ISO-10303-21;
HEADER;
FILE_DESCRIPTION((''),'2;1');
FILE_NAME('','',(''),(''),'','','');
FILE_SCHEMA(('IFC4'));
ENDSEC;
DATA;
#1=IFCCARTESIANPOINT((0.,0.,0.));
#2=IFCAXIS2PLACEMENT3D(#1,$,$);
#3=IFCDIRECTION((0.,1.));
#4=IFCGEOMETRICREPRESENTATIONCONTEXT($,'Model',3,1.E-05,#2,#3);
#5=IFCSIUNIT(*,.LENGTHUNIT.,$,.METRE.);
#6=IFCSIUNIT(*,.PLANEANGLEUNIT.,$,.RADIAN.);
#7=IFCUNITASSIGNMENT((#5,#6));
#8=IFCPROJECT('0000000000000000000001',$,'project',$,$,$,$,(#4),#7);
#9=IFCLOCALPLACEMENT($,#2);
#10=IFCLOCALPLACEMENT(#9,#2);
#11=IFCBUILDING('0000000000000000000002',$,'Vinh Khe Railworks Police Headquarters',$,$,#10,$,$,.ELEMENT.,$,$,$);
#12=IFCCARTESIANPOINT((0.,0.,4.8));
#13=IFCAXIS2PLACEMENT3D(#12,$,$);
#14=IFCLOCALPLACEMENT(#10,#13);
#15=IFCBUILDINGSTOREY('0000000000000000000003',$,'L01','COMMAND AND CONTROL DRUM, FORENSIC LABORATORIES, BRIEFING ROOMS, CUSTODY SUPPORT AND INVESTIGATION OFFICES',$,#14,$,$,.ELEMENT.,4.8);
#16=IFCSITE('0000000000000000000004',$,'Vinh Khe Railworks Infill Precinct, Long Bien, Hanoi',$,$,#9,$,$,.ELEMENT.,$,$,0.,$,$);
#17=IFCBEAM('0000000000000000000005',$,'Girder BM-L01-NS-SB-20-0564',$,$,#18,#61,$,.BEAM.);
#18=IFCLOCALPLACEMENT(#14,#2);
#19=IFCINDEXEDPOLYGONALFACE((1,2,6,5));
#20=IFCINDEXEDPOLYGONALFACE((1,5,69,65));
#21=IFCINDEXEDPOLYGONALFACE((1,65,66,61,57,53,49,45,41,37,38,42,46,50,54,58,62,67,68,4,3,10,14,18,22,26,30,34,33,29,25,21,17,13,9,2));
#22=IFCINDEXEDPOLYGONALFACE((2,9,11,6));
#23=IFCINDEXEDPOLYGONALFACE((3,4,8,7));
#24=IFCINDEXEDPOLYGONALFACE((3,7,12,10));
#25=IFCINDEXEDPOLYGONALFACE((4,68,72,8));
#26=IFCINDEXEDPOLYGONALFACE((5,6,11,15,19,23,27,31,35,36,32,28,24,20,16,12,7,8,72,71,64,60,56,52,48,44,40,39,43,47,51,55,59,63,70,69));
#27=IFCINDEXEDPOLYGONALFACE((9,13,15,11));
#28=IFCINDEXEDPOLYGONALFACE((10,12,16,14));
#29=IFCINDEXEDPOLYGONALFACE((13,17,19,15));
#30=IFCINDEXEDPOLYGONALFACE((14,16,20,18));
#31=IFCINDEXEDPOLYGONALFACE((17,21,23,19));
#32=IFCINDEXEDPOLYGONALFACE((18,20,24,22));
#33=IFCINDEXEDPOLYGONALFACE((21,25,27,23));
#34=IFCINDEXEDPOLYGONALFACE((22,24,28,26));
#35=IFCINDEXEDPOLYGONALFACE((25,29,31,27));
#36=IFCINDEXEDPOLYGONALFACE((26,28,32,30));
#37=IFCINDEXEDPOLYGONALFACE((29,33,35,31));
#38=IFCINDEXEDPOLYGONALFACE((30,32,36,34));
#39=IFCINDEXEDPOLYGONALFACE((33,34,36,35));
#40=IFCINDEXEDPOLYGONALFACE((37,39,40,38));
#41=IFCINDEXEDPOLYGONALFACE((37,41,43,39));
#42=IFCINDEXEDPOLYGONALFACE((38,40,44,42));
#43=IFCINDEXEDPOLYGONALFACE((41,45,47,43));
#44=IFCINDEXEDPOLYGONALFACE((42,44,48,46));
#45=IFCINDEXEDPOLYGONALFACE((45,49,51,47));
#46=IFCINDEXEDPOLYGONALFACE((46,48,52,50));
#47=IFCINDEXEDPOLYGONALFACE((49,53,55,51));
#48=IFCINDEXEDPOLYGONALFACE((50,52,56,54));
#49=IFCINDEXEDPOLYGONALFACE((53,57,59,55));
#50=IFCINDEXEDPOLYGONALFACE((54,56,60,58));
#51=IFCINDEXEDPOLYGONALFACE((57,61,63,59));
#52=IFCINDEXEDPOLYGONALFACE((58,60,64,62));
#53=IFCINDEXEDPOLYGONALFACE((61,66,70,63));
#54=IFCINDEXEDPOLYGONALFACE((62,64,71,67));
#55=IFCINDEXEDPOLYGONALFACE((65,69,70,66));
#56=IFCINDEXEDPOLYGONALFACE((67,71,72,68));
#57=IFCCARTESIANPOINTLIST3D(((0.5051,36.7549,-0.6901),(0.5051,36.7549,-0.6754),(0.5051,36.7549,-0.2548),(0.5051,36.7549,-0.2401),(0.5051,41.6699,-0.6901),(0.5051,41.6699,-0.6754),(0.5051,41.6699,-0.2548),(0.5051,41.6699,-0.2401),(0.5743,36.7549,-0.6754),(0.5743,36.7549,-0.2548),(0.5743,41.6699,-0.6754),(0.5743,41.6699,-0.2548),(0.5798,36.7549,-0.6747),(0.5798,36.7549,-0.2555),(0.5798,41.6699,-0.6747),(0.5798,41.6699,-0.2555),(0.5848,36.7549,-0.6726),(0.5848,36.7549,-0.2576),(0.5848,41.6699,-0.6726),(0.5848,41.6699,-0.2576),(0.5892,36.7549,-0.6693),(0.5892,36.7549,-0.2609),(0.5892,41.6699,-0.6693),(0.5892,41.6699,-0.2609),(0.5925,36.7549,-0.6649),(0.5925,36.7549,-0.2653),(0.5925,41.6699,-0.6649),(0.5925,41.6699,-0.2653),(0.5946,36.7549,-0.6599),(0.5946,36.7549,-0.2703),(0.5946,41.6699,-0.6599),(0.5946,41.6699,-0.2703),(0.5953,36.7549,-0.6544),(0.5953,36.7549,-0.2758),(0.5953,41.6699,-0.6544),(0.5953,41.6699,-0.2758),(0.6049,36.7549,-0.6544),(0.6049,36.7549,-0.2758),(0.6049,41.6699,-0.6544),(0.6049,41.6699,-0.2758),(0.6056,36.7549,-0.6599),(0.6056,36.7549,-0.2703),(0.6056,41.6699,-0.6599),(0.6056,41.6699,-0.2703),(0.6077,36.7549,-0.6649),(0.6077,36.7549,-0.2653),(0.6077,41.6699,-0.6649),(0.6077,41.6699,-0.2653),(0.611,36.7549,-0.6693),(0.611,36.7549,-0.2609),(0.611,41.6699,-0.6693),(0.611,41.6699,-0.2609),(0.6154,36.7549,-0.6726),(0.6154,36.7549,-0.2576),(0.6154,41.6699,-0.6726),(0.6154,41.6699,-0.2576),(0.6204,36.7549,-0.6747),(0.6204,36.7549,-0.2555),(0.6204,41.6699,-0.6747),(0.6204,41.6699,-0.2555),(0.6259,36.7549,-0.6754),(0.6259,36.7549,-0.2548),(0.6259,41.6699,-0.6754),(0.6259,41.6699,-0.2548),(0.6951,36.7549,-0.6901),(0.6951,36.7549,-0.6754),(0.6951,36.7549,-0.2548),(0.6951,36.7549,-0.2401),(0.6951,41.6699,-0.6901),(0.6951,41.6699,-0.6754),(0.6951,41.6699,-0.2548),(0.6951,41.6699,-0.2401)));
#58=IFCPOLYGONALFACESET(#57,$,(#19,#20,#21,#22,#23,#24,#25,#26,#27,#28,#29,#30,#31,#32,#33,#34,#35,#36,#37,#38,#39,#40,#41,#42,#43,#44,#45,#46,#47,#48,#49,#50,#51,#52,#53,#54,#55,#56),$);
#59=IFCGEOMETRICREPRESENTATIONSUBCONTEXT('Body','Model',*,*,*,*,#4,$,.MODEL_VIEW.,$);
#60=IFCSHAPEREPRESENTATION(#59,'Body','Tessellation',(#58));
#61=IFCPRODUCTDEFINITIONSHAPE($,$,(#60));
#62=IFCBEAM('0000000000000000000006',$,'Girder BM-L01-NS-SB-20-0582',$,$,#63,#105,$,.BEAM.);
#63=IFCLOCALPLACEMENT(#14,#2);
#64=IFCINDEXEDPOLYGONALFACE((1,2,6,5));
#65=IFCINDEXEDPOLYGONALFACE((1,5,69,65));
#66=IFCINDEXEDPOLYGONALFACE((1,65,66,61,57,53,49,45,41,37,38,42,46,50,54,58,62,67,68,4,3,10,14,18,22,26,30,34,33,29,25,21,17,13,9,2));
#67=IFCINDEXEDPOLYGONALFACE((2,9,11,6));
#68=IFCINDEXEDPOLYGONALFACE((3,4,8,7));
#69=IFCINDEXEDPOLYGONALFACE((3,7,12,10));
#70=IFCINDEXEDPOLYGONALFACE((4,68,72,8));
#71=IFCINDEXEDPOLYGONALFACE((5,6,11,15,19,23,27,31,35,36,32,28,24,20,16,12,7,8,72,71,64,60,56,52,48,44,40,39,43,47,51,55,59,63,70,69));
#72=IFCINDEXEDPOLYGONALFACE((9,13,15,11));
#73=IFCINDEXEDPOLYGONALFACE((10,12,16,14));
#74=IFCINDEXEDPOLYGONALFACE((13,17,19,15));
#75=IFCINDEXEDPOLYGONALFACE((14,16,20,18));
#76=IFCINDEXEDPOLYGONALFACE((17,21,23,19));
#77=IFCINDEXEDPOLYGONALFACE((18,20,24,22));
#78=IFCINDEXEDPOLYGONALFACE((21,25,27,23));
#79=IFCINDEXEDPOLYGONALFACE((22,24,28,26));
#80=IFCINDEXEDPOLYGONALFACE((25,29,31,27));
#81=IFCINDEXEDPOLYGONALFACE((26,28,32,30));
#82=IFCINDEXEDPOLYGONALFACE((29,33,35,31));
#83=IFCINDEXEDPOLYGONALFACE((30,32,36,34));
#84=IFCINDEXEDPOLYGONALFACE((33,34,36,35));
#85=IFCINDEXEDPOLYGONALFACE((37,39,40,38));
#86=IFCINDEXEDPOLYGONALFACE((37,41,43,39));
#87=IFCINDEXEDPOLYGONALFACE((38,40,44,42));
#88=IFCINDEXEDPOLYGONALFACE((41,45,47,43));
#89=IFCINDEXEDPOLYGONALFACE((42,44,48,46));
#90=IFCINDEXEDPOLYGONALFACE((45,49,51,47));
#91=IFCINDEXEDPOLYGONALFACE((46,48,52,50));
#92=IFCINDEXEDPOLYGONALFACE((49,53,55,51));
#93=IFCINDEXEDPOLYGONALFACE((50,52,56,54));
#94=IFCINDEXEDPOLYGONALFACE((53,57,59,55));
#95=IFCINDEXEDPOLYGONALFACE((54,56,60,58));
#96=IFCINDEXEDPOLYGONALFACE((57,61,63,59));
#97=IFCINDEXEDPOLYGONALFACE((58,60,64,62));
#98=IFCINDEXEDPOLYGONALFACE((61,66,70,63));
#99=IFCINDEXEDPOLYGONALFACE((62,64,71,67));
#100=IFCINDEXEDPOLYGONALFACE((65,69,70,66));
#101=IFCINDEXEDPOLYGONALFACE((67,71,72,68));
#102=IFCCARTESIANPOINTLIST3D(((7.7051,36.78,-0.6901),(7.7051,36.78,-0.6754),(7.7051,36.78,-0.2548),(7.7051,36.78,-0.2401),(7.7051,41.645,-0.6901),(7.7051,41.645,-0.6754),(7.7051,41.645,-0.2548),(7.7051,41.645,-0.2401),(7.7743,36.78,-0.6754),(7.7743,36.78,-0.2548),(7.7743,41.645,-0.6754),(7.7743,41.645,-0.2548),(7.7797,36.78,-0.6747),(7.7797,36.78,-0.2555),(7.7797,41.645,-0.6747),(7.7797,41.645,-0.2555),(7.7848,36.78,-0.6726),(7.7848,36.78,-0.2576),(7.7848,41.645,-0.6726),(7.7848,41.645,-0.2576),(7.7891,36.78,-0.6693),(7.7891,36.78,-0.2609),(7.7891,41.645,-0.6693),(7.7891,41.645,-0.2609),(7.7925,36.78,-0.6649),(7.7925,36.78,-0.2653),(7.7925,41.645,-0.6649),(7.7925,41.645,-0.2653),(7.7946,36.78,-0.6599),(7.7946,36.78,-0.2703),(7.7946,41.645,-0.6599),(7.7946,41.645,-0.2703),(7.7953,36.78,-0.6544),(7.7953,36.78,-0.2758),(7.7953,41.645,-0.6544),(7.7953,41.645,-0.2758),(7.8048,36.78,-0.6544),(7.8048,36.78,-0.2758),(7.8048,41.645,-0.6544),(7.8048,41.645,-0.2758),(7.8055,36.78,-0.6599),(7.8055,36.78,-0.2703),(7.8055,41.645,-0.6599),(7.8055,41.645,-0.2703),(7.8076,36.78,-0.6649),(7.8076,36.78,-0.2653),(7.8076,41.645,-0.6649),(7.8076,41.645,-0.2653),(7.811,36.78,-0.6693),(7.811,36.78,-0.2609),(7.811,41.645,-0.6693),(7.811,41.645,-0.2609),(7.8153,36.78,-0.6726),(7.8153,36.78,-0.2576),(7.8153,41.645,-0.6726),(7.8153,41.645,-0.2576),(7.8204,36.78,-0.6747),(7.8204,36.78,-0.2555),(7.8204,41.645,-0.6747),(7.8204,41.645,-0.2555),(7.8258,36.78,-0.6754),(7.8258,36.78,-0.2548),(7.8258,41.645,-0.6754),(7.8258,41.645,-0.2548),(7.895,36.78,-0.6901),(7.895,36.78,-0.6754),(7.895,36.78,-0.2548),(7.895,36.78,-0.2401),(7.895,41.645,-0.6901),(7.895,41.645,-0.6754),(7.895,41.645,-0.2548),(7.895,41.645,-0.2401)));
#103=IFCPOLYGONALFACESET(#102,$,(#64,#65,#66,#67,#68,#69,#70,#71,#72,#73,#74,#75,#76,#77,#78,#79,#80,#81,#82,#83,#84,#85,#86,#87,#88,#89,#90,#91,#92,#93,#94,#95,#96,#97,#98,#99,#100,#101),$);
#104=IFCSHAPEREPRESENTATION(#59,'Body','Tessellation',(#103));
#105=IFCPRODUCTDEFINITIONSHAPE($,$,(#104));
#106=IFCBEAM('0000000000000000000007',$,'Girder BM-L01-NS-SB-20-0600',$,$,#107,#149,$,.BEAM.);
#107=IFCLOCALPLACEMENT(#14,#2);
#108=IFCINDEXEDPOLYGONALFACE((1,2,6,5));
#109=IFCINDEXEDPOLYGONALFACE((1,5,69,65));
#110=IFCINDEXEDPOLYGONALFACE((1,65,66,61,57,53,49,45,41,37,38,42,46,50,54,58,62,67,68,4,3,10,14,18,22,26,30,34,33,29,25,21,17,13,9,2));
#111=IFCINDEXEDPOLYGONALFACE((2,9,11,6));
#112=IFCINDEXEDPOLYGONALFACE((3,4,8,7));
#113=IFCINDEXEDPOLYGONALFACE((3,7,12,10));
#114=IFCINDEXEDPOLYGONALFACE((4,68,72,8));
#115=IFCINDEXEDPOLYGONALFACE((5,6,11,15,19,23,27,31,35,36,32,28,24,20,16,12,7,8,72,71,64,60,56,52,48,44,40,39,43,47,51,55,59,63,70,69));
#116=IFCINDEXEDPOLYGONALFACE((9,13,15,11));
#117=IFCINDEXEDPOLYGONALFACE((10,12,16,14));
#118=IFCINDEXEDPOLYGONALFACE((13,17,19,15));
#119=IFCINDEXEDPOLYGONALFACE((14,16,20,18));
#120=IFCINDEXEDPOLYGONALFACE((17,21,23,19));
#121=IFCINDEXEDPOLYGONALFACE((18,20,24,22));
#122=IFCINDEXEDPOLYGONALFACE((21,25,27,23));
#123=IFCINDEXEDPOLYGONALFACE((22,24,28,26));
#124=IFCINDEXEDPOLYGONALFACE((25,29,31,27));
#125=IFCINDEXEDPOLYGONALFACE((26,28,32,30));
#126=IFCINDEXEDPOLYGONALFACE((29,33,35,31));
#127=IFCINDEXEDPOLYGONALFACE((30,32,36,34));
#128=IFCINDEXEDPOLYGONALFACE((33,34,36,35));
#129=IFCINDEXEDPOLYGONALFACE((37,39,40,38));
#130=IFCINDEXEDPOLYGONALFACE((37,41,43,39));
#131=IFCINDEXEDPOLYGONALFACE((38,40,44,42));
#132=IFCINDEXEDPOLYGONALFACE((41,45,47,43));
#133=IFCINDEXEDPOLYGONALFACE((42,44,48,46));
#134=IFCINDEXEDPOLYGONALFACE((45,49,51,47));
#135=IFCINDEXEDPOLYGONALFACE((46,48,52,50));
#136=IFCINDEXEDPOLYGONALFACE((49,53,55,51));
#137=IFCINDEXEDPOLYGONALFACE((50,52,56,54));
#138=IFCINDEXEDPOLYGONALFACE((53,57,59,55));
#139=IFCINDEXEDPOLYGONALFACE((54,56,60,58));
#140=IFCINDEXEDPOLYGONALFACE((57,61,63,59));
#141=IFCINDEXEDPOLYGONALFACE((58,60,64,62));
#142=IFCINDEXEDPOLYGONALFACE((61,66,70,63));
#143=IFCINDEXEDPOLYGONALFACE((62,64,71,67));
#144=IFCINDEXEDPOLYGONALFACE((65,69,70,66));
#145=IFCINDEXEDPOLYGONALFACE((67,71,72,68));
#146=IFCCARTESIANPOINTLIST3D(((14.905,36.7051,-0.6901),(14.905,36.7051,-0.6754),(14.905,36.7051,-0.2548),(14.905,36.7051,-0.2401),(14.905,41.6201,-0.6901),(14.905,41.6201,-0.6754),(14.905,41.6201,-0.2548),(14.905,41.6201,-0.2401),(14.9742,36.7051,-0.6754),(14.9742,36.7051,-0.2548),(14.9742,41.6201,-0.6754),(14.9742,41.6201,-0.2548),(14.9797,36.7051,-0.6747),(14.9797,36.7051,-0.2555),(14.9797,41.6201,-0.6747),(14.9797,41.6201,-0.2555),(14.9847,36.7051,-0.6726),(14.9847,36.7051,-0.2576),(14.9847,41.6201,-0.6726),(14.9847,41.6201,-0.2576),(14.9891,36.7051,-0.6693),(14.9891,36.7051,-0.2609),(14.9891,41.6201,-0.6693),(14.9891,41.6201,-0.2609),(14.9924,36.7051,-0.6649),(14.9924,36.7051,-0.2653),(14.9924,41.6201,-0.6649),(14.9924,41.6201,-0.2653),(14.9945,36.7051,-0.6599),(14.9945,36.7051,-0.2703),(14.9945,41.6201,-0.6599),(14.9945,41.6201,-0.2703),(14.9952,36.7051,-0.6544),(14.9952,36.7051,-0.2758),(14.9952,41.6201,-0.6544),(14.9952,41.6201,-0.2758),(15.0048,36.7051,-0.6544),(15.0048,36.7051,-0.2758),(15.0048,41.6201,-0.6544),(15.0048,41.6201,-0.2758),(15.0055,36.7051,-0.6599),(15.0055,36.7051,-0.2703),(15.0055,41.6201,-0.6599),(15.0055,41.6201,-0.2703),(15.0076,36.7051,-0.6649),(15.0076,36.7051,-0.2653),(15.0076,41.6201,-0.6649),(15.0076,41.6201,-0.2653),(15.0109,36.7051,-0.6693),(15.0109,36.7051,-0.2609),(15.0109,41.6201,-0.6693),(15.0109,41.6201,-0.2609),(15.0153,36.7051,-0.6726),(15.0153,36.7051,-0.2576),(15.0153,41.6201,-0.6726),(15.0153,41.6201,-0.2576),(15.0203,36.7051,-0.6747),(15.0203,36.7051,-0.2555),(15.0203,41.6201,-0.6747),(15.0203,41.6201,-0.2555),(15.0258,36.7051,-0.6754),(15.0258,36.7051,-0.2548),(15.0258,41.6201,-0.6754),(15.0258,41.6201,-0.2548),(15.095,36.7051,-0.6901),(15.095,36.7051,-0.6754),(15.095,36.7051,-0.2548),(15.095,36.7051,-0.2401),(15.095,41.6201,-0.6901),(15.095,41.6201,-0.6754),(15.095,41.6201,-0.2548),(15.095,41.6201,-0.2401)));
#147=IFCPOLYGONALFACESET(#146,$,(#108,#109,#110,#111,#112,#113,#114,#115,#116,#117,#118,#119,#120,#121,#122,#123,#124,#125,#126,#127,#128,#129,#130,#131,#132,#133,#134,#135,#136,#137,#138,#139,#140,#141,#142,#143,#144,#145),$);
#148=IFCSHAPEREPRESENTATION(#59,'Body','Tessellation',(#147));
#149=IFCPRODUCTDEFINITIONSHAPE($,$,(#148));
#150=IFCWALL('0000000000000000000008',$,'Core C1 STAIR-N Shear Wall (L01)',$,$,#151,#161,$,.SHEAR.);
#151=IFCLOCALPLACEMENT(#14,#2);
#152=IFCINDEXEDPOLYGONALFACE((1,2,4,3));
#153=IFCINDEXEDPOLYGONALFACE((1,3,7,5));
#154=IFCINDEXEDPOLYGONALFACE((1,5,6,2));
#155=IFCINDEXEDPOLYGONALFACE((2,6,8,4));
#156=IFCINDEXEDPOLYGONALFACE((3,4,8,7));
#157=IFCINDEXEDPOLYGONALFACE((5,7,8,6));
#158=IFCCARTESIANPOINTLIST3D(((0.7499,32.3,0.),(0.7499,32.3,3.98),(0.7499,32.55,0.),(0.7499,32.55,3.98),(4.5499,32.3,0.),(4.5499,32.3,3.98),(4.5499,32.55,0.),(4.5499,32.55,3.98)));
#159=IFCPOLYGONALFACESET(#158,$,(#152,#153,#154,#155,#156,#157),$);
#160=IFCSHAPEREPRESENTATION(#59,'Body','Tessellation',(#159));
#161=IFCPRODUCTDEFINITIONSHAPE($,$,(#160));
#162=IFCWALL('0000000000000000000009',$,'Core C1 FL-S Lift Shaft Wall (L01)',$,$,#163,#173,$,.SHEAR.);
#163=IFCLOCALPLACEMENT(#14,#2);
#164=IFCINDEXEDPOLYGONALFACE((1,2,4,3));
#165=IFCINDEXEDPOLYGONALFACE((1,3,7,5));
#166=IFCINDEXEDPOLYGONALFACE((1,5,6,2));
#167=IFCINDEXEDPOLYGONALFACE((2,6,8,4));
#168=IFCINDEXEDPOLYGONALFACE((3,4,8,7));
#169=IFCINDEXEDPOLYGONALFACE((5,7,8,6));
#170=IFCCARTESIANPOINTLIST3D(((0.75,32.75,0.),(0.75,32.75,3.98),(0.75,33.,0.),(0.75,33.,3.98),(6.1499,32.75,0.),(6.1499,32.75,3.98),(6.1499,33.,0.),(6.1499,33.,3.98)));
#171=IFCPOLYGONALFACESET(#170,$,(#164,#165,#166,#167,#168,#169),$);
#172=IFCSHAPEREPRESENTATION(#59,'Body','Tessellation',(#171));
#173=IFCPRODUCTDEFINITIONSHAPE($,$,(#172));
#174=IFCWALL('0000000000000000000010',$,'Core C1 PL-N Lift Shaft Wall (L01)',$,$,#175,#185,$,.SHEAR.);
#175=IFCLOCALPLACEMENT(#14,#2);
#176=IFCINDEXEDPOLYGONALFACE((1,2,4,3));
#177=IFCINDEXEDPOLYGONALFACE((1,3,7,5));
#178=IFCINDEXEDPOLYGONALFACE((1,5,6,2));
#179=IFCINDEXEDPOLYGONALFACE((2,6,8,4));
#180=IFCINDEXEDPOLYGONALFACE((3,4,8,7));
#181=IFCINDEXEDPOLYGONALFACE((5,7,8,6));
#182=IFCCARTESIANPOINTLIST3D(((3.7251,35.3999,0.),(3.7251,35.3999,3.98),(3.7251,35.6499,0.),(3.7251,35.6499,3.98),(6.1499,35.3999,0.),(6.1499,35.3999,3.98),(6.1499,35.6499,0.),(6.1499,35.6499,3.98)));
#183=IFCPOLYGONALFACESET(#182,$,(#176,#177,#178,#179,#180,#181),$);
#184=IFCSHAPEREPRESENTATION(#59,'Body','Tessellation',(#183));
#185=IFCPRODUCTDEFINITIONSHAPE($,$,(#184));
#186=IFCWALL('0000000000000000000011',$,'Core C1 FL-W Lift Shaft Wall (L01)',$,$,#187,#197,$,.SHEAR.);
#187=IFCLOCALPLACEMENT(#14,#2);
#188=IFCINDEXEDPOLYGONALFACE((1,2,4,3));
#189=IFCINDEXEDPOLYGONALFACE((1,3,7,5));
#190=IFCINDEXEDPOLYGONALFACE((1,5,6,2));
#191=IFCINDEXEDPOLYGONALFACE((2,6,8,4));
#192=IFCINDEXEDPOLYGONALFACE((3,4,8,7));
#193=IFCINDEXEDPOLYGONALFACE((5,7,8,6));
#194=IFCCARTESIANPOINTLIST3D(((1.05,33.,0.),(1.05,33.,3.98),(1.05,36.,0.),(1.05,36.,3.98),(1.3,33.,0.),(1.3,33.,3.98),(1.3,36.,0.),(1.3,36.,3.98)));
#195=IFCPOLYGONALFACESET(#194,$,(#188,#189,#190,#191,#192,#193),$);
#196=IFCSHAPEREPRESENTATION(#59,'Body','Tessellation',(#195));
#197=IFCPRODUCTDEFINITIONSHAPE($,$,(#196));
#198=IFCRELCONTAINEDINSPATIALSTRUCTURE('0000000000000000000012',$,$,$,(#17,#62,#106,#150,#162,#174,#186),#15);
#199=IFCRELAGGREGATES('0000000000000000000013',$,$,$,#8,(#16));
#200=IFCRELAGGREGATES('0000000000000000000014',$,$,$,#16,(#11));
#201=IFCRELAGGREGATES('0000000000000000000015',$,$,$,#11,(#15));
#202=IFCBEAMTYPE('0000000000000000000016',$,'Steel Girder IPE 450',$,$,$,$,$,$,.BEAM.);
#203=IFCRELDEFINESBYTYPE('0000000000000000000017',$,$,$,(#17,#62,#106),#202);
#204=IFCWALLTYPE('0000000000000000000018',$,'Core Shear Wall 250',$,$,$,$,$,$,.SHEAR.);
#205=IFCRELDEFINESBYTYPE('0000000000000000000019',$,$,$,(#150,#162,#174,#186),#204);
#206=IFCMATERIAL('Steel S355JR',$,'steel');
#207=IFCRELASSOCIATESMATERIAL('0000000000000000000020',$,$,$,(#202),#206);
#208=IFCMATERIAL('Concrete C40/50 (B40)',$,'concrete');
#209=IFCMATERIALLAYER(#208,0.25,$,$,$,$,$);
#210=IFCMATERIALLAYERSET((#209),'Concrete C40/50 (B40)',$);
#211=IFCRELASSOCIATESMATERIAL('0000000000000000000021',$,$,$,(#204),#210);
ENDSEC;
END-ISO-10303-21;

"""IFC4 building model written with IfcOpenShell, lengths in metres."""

from ifc_helpers import new_model, si_unit, direction, frame, frame_2d, origin, origin_2d, place, context, subcontext, project, spatial, rectangle, i_section, extrude, material, layer, layer_set, material_profile, profile_set, type_object, element, save


model = new_model("IFC4")

# Units and contexts
model_context = context("Model", 3, precision=1e-05, world=origin(), true_north=direction((0.0, 1.0)))
body_context = subcontext(model_context, "Body", "Model", "MODEL_VIEW")
ifc_project = project(units=[si_unit("LENGTHUNIT", "METRE"), si_unit("PLANEANGLEUNIT", "RADIAN")], contexts=[model_context])

# Site, building, storey
site_placement = place(None, origin())
site = spatial("IfcSite", under=ifc_project, at=site_placement, Name="Vinh Khe Railworks Infill Precinct, Long Bien, Hanoi", CompositionType="ELEMENT", RefElevation=0.0)
building_placement = place(site_placement, origin())
building = spatial("IfcBuilding", under=site, at=building_placement, Name="Vinh Khe Railworks Police Headquarters", CompositionType="ELEMENT")
storey_placement = place(building_placement, frame((0.0, 0.0, 4.8)))
storey = spatial("IfcBuildingStorey", under=building, at=storey_placement, Name="L01", Description="COMMAND AND CONTROL DRUM, FORENSIC LABORATORIES, BRIEFING ROOMS, CUSTODY SUPPORT AND INVESTIGATION OFFICES", CompositionType="ELEMENT", Elevation=4.8)

# Shared definitions
ifc_material_1 = material(Name="Concrete C40/50 (B40)", Category="concrete")

# Beams
ifc_material_2 = material(Name="Steel S355JR", Category="steel")
ifc_material_profile_1 = material_profile(ifc_material_2, i_section(OverallWidth=0.1899, OverallDepth=0.45, WebThickness=0.0095, FlangeThickness=0.0146, FilletRadius=0.021, at=origin_2d()), Name="IPE 450")
ifc_profile_set_1 = profile_set([ifc_material_profile_1], Name="Steel S355JR")
beam_type_1 = type_object("IfcBeamType", Name="Steel Girder IPE 450", PredefinedType="BEAM", material=ifc_profile_set_1)
beam_1_placement = place(storey_placement, frame((0.6001, 36.7549, -0.4651), z_axis=(0.0, 1.0, 0.0), x_axis=(-1.0, 0.0, 0.0)))
element("IfcBeam", 1, at=beam_1_placement, inside=storey, type_object=beam_type_1, Name="Girder BM-L01-NS-SB-20-0564", PredefinedType="BEAM", context=body_context, shape_type="SweptSolid", body=[
    extrude(i_section(OverallWidth=0.1899, OverallDepth=0.45, WebThickness=0.0095, FlangeThickness=0.0146, FilletRadius=0.021, at=origin_2d()), origin(), (0.0, 0.0, 1.0), 4.915),
])
beam_2_placement = place(storey_placement, frame((7.8, 36.78, -0.4651), z_axis=(0.0, 1.0, 0.0), x_axis=(-1.0, 0.0, 0.0)))
element("IfcBeam", 2, at=beam_2_placement, inside=storey, type_object=beam_type_1, Name="Girder BM-L01-NS-SB-20-0582", PredefinedType="BEAM", context=body_context, shape_type="SweptSolid", body=[
    extrude(i_section(OverallWidth=0.1899, OverallDepth=0.45, WebThickness=0.0095, FlangeThickness=0.0146, FilletRadius=0.021, at=origin_2d()), origin(), (0.0, 0.0, 1.0), 4.865),
])
beam_3_placement = place(storey_placement, frame((15.0, 36.7051, -0.4651), z_axis=(0.0, 1.0, 0.0), x_axis=(-1.0, 0.0, 0.0)))
element("IfcBeam", 3, at=beam_3_placement, inside=storey, type_object=beam_type_1, Name="Girder BM-L01-NS-SB-20-0600", PredefinedType="BEAM", context=body_context, shape_type="SweptSolid", body=[
    extrude(i_section(OverallWidth=0.1899, OverallDepth=0.45, WebThickness=0.0095, FlangeThickness=0.0146, FilletRadius=0.021, at=origin_2d()), origin(), (0.0, 0.0, 1.0), 4.915),
])

# Walls
ifc_layer_1 = layer(ifc_material_1, 0.25)
ifc_layer_set_1 = layer_set([ifc_layer_1], Name="Concrete C40/50 (B40)")
wall_type_1 = type_object("IfcWallType", Name="Core Shear Wall 250", PredefinedType="SHEAR", material=ifc_layer_set_1)
wall_1_placement = place(storey_placement, frame((0.75, 32.425, 0.0), z_axis=(0.0, 0.0, 1.0), x_axis=(1.0, 0.0, 0.0)))
element("IfcWall", 4, at=wall_1_placement, inside=storey, type_object=wall_type_1, Name="Core C1 STAIR-N Shear Wall (L01)", PredefinedType="SHEAR", context=body_context, shape_type="SweptSolid", body=[
    extrude(rectangle(XDim=3.8, YDim=0.25, at=frame_2d((1.8999, 0.0))), origin(), (0.0, 0.0, 1.0), 3.98),
])
wall_2_placement = place(storey_placement, frame((0.75, 32.875, 0.0), z_axis=(0.0, 0.0, 1.0), x_axis=(1.0, 0.0, 0.0)))
element("IfcWall", 5, at=wall_2_placement, inside=storey, type_object=wall_type_1, Name="Core C1 FL-S Lift Shaft Wall (L01)", PredefinedType="SHEAR", context=body_context, shape_type="SweptSolid", body=[
    extrude(rectangle(XDim=5.3999, YDim=0.25, at=frame_2d((2.7, 0.0))), origin(), (0.0, 0.0, 1.0), 3.98),
])

# Walls
wall_3_placement = place(storey_placement, frame((3.7251, 35.5249, 0.0), z_axis=(0.0, 0.0, 1.0), x_axis=(1.0, 0.0, 0.0)))
element("IfcWall", 6, at=wall_3_placement, inside=storey, type_object=wall_type_1, Name="Core C1 PL-N Lift Shaft Wall (L01)", PredefinedType="SHEAR", context=body_context, shape_type="SweptSolid", body=[
    extrude(rectangle(XDim=2.4248, YDim=0.25, at=frame_2d((1.2124, 0.0))), origin(), (0.0, 0.0, 1.0), 3.98),
])
for number, where, z_axis, x_axis, name in (
    (7, (1.175, 33.0, 0.0), (0.0, 0.0, 1.0), (0.0, 1.0, 0.0), "Core C1 FL-W Lift Shaft Wall (L01)"),
):
    element("IfcWall", number, at=place(storey_placement, frame(where, z_axis=z_axis, x_axis=x_axis)), inside=storey, type_object=wall_type_1, Name=name, PredefinedType="SHEAR", context=body_context, shape_type="SweptSolid", body=[
        extrude(rectangle(XDim=3.0, YDim=0.25, at=frame_2d((1.5, 0.0))), origin(), (0.0, 0.0, 1.0), 3.98),
    ])

save(model, "model.ifc")
